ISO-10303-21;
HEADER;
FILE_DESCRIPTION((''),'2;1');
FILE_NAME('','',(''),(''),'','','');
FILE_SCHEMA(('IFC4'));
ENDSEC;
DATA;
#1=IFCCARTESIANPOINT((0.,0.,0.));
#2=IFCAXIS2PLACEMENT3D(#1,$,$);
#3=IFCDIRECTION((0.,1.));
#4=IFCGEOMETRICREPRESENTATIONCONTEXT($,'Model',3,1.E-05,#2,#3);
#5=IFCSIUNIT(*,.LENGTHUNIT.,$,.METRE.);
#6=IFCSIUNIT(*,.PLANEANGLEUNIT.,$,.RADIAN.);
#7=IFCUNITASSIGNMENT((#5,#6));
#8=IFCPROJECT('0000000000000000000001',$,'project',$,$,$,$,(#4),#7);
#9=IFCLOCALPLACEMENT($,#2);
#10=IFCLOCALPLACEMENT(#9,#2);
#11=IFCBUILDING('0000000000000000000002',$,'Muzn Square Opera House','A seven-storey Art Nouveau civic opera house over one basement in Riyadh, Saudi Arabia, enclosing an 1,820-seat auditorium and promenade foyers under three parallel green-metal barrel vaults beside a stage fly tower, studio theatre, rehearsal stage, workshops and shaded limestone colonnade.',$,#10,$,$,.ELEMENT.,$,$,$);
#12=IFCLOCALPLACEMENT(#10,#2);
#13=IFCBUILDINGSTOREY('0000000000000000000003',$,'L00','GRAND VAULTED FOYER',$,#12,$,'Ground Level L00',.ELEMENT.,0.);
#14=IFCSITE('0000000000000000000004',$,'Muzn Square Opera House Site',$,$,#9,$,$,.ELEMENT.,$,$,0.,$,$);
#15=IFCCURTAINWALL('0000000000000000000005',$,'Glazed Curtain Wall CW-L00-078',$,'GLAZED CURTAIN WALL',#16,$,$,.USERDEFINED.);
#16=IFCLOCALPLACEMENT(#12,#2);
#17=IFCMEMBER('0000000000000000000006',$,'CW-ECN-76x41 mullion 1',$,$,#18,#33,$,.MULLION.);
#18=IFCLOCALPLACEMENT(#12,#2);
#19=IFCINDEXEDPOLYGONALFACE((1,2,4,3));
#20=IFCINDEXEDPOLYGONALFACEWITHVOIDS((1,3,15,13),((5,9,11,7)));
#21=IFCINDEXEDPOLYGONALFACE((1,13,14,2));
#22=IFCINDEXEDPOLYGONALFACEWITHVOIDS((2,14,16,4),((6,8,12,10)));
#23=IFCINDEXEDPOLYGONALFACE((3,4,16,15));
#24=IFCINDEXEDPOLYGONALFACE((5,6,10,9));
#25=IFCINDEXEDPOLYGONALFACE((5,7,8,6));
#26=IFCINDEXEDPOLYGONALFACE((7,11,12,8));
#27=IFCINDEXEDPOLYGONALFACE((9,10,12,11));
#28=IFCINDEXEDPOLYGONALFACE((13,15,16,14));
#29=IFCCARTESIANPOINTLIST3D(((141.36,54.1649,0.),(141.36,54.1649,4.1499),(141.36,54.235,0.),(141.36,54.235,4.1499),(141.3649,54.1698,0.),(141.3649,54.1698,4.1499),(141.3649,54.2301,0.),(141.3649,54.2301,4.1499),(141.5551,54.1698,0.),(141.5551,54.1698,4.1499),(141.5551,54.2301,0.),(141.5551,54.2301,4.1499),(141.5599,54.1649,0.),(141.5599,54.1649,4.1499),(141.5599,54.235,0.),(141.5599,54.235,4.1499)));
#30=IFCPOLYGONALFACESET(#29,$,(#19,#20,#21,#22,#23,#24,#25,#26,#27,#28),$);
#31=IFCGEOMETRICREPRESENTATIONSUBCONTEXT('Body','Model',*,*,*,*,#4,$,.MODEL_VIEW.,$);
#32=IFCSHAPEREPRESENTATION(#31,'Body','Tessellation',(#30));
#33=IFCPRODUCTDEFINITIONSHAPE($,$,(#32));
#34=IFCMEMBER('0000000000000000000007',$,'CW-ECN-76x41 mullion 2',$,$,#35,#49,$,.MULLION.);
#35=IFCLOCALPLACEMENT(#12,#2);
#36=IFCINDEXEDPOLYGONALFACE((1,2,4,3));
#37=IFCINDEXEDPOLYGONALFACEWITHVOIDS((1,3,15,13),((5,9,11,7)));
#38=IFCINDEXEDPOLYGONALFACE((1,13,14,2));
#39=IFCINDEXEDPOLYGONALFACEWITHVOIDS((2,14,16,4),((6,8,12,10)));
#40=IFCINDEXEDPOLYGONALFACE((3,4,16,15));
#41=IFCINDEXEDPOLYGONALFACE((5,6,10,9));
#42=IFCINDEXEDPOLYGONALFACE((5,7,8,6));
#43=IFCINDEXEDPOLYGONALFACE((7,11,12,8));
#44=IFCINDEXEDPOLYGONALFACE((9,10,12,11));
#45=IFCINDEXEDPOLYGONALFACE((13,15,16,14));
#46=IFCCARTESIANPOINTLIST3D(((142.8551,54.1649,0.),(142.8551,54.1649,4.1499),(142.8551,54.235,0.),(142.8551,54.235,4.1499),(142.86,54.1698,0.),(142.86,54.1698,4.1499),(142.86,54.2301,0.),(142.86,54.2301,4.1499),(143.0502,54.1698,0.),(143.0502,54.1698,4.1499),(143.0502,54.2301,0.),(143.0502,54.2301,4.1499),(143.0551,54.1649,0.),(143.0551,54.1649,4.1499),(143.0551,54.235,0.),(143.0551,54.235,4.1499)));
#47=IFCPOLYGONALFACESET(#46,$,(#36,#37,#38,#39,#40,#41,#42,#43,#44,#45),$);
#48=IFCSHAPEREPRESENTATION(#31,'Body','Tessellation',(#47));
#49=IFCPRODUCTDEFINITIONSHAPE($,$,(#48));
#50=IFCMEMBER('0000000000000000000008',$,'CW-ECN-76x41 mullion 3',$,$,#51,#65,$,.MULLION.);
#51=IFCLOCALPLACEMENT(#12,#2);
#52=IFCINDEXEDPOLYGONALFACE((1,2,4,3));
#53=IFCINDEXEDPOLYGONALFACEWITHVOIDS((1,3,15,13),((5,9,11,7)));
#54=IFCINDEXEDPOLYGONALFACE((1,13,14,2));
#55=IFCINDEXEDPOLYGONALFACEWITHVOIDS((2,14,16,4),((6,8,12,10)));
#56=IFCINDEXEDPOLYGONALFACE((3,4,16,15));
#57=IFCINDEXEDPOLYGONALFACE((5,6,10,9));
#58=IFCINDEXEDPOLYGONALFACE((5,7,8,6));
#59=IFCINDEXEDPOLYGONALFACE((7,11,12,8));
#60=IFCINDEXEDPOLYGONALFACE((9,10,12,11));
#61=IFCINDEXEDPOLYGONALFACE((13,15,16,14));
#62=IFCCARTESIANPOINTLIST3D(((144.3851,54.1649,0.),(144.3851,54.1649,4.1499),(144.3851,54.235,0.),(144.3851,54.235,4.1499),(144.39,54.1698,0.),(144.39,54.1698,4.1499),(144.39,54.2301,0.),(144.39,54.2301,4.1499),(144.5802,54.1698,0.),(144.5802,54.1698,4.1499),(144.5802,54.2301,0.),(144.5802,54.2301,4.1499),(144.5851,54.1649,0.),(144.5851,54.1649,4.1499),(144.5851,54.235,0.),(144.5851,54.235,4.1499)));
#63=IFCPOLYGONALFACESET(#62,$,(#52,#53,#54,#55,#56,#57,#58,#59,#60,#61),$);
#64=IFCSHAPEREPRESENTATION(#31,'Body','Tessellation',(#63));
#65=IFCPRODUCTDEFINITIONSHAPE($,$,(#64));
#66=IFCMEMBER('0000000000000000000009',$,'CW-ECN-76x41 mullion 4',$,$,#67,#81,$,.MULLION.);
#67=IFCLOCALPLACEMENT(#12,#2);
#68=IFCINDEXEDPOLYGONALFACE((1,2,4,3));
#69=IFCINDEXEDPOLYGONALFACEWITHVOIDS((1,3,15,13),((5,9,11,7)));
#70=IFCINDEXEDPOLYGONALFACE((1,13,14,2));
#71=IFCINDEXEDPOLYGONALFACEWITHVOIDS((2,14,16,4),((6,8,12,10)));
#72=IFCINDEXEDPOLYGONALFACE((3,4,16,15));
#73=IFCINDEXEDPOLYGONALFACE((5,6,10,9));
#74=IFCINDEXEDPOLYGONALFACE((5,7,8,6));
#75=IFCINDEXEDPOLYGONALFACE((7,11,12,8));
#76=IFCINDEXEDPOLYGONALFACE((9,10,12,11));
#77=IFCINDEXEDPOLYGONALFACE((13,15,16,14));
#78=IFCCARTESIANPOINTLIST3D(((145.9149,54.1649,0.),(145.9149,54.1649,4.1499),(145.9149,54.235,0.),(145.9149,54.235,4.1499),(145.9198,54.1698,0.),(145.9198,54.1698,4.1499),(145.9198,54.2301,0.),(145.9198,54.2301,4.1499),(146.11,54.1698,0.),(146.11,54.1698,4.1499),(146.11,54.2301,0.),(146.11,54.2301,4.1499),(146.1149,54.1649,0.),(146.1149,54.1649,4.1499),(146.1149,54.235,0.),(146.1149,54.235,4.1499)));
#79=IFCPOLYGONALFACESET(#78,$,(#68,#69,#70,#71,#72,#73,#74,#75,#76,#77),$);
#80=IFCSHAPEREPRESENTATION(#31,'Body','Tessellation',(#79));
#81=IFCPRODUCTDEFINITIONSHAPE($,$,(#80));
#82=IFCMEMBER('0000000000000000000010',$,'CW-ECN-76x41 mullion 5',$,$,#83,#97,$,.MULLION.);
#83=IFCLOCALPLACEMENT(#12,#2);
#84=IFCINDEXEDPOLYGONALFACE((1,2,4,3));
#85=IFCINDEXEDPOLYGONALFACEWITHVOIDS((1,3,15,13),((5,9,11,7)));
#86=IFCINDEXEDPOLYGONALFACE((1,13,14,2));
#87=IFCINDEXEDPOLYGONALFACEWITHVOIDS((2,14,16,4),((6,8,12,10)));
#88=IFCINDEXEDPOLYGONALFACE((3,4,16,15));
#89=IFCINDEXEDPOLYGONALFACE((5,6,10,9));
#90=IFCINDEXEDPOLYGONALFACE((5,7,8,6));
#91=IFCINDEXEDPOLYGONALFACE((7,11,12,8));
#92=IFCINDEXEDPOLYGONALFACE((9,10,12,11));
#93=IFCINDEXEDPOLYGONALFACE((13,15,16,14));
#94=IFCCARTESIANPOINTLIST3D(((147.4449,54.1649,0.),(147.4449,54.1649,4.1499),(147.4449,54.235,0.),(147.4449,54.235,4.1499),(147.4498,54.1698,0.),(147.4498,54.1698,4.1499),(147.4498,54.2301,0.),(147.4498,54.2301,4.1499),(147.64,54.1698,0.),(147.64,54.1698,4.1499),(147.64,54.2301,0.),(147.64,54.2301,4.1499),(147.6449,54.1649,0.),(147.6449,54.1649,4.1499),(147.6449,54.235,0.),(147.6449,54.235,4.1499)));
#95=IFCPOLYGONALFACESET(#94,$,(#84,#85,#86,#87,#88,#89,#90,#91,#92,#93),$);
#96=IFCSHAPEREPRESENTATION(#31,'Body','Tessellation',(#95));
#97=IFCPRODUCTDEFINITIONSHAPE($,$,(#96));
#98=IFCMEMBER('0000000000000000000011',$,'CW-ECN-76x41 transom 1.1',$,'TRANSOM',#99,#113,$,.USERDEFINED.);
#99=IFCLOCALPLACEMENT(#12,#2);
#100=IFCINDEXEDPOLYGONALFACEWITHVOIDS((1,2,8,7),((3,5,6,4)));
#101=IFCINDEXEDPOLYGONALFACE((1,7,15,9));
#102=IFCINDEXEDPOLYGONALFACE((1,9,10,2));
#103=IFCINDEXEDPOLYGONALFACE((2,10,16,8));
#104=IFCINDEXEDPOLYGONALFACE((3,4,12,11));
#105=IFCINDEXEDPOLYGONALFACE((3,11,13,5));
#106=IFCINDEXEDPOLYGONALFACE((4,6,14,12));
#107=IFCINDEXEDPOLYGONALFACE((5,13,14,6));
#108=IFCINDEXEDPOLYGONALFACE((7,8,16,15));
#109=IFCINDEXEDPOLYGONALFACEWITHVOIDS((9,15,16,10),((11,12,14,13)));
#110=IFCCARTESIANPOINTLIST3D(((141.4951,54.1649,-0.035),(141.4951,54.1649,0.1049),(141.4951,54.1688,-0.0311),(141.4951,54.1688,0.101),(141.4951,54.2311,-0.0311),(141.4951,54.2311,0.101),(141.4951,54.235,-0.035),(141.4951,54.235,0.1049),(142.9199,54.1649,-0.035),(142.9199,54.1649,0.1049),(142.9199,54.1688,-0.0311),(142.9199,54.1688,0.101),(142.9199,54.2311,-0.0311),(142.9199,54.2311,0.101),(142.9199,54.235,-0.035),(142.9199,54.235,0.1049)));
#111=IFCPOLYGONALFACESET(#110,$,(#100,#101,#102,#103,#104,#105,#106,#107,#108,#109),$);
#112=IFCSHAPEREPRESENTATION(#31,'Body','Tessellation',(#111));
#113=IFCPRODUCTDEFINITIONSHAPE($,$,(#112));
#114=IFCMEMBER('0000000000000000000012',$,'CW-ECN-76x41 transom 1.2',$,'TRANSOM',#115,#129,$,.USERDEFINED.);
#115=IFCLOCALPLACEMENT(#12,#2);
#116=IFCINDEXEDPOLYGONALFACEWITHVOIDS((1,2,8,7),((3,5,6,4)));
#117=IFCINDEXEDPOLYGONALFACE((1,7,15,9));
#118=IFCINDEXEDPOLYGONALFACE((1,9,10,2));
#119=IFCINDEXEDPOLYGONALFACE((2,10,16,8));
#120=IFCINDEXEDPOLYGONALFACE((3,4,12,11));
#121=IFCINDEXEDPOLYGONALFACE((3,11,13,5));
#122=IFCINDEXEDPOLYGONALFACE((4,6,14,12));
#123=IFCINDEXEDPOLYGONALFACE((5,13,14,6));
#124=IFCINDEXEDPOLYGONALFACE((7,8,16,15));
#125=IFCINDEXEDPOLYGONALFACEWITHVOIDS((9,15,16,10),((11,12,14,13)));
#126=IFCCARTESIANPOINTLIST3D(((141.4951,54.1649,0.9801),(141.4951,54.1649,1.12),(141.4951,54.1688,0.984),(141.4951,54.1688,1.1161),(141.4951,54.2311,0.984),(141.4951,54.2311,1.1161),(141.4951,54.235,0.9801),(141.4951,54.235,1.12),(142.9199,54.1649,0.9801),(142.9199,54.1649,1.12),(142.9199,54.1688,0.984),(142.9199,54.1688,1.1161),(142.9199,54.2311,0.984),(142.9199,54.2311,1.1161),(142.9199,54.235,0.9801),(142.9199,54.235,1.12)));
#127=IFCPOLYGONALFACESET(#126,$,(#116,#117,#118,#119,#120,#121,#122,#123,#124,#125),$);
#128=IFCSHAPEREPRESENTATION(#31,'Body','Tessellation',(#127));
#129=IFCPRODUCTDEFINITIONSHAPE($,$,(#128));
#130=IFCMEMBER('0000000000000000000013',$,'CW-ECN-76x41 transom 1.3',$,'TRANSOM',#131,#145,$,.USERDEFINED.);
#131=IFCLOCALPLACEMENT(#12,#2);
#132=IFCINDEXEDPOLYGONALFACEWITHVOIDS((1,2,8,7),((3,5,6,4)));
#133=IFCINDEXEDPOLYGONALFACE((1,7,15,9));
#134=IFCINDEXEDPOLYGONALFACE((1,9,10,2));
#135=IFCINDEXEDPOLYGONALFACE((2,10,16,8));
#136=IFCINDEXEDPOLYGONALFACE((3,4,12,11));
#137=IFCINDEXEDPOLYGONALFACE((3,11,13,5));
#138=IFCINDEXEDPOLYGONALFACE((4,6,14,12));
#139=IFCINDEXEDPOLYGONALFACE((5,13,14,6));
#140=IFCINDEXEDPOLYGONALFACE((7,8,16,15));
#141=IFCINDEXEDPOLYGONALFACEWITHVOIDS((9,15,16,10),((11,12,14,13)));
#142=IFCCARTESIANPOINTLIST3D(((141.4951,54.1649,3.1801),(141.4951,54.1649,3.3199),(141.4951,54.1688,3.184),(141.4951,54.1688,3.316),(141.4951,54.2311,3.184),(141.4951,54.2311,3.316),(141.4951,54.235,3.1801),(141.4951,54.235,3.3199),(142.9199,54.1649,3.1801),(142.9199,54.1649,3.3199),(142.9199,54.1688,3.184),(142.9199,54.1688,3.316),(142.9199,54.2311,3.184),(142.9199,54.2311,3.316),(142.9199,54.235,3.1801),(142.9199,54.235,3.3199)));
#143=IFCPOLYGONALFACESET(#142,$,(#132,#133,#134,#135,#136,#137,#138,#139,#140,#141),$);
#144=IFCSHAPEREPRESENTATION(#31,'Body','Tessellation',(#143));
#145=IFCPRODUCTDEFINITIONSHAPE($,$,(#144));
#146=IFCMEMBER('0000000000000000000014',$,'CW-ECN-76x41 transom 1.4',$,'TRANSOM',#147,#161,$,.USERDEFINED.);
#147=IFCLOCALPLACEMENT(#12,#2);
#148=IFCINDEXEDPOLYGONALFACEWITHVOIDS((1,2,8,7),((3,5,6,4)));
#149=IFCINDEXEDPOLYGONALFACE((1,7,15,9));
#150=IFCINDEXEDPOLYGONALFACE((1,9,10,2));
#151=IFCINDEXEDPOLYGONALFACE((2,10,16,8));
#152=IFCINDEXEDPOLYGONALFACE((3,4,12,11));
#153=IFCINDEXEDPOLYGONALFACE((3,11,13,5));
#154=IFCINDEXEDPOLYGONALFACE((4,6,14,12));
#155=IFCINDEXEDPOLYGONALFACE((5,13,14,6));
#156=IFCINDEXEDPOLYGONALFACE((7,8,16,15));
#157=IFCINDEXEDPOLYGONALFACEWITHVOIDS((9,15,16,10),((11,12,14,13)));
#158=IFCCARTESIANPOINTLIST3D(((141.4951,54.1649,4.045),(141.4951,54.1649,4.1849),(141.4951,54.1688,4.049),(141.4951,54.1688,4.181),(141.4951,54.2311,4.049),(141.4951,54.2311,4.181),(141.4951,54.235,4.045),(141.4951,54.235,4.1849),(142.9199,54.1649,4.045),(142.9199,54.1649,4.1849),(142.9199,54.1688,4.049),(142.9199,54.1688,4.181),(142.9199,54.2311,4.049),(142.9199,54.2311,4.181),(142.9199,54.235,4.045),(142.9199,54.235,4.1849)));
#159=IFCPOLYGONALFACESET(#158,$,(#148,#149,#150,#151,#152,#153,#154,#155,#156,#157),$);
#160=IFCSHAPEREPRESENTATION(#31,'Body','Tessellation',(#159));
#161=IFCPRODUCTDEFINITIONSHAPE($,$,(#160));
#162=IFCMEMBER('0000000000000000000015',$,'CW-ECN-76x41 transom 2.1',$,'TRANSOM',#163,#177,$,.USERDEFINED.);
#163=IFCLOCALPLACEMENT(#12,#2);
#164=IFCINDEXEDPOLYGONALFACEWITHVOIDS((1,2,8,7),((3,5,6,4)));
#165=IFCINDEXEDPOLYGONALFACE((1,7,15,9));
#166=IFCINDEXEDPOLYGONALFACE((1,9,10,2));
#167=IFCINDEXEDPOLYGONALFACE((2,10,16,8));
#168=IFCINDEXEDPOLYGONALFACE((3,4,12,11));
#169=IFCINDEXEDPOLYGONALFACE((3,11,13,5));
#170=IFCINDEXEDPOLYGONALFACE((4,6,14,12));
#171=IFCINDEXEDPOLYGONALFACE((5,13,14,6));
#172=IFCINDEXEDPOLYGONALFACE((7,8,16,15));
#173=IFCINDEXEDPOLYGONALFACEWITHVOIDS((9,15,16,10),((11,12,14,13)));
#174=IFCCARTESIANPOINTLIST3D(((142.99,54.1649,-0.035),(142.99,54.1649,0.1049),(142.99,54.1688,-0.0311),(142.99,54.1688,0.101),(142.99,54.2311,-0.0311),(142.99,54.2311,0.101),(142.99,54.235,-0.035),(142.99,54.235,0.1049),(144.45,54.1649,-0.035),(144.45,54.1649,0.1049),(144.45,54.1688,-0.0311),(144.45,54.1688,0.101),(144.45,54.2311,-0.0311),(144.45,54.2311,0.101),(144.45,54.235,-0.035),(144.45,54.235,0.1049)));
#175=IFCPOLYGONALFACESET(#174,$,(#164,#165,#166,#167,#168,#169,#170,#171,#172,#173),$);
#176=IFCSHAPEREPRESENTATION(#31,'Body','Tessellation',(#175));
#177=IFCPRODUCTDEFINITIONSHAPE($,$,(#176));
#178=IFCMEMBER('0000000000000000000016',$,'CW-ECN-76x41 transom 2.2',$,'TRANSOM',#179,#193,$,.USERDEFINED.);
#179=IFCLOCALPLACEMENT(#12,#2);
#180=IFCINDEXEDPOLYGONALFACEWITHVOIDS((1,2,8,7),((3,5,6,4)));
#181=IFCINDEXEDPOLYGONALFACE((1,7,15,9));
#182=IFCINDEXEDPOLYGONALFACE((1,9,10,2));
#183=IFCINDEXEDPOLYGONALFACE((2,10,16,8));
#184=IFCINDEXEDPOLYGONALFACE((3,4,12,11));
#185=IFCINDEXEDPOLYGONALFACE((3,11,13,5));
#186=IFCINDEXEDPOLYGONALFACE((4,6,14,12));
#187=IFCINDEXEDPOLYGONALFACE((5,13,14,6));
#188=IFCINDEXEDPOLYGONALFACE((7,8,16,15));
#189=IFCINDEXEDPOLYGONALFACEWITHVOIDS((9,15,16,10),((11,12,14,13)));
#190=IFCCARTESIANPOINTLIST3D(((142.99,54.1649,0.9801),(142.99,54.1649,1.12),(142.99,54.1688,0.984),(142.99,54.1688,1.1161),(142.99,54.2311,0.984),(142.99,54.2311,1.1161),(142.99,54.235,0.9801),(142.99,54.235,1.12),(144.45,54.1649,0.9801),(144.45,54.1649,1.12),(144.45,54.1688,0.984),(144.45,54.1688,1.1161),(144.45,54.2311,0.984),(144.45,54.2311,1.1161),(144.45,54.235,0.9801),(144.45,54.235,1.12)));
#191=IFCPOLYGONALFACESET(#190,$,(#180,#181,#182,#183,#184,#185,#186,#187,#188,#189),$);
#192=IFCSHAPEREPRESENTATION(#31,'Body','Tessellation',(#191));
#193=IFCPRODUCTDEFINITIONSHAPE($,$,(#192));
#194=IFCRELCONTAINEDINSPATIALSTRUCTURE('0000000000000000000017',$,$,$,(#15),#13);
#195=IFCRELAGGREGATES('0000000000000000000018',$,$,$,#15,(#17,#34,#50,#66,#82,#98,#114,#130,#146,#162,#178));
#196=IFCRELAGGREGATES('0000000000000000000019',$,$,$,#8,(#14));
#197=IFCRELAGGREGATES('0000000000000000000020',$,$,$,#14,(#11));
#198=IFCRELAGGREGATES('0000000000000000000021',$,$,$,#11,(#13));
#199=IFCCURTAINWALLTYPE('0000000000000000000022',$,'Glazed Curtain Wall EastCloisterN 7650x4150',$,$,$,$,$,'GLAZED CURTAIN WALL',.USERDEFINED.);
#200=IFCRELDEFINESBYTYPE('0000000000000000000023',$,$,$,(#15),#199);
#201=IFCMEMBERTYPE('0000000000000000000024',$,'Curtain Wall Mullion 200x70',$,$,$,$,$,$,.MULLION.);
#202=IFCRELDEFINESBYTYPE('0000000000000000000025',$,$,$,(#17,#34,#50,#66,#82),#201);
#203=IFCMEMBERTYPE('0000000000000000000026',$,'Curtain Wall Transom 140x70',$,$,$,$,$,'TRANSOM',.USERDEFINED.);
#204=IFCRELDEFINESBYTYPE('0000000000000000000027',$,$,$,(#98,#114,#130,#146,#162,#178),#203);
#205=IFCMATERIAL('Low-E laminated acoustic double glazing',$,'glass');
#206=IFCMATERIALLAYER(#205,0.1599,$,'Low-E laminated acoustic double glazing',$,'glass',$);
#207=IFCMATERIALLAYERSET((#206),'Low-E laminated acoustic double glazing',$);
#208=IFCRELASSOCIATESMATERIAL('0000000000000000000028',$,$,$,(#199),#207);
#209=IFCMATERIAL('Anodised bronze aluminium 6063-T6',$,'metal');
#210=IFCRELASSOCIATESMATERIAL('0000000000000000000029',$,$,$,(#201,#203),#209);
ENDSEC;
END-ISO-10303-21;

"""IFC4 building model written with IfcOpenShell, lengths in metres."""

from ifc_helpers import new_model, si_unit, direction, frame, origin, origin_2d, place, context, subcontext, project, spatial, hollow_rectangle, extrude, material, layer, layer_set, material_profile, profile_set, type_object, element, aggregate, save


model = new_model("IFC4")

# Units and contexts
model_context = context("Model", 3, precision=1e-05, world=origin(), true_north=direction((0.0, 1.0)))
body_context = subcontext(model_context, "Body", "Model", "MODEL_VIEW")
ifc_project = project(units=[si_unit("LENGTHUNIT", "METRE"), si_unit("PLANEANGLEUNIT", "RADIAN")], contexts=[model_context])

# Site, building, storey
site_placement = place(None, origin())
site = spatial("IfcSite", under=ifc_project, at=site_placement, Name="Muzn Square Opera House Site", CompositionType="ELEMENT", RefElevation=0.0)
building_placement = place(site_placement, origin())
building = spatial("IfcBuilding", under=site, at=building_placement, Name="Muzn Square Opera House", Description="A seven-storey Art Nouveau civic opera house over one basement in Riyadh, Saudi Arabia, enclosing an 1,820-seat auditorium and promenade foyers under three parallel green-metal barrel vaults beside a stage fly tower, studio theatre, rehearsal stage, workshops and shaded limestone colonnade.", CompositionType="ELEMENT")
storey_placement = place(building_placement, origin())
storey = spatial("IfcBuildingStorey", under=building, at=storey_placement, Name="L00", Description="GRAND VAULTED FOYER", LongName="Ground Level L00", CompositionType="ELEMENT", Elevation=0.0)

# Curtain wall, members
ifc_material_1 = material(Name="Low-E laminated acoustic double glazing", Category="glass")
ifc_layer_1 = layer(ifc_material_1, 0.1599, Name="Low-E laminated acoustic double glazing", Category="glass")
ifc_layer_set_1 = layer_set([ifc_layer_1], Name="Low-E laminated acoustic double glazing")
curtain_wall_type = type_object("IfcCurtainWallType", Name="Glazed Curtain Wall EastCloisterN 7650x4150", ElementType="GLAZED CURTAIN WALL", PredefinedType="USERDEFINED", material=ifc_layer_set_1)
curtain_wall_placement = place(storey_placement, origin())
curtain_wall = element("IfcCurtainWall", 1, at=curtain_wall_placement, inside=storey, type_object=curtain_wall_type, Name="Glazed Curtain Wall CW-L00-078", ObjectType="GLAZED CURTAIN WALL", PredefinedType="USERDEFINED")
ifc_material_2 = material(Name="Anodised bronze aluminium 6063-T6", Category="metal")
ifc_material_profile_1 = material_profile(ifc_material_2, hollow_rectangle(XDim=0.0701, YDim=0.2, WallThickness=0.0049, at=origin_2d()), Name="ALU 200x70x5", Category="metal")
ifc_profile_set_1 = profile_set([ifc_material_profile_1], Name="Anodised bronze aluminium 6063-T6")
member_type_1 = type_object("IfcMemberType", Name="Curtain Wall Mullion 200x70", PredefinedType="MULLION", material=ifc_profile_set_1)
member_1_placement = place(storey_placement, frame((141.46, 54.2, 0.0), z_axis=(0.0, 0.0, 1.0), x_axis=(0.0, 1.0, 0.0)))
member_1 = element("IfcMember", 2, at=member_1_placement, type_object=member_type_1, Name="CW-ECN-76x41 mullion 1", PredefinedType="MULLION", context=body_context, shape_type="SweptSolid", body=[
    extrude(hollow_rectangle(XDim=0.0701, YDim=0.2, WallThickness=0.0049, at=origin_2d()), origin(), (0.0, 0.0, 1.0), 4.1499),
])
member_2_placement = place(storey_placement, frame((142.9551, 54.2, 0.0), z_axis=(0.0, 0.0, 1.0), x_axis=(0.0, 1.0, 0.0)))
member_2 = element("IfcMember", 3, at=member_2_placement, type_object=member_type_1, Name="CW-ECN-76x41 mullion 2", PredefinedType="MULLION", context=body_context, shape_type="SweptSolid", body=[
    extrude(hollow_rectangle(XDim=0.0701, YDim=0.2, WallThickness=0.0049, at=origin_2d()), origin(), (0.0, 0.0, 1.0), 4.1499),
])
member_3_placement = place(storey_placement, frame((144.4851, 54.2, 0.0), z_axis=(0.0, 0.0, 1.0), x_axis=(0.0, 1.0, 0.0)))
member_3 = element("IfcMember", 4, at=member_3_placement, type_object=member_type_1, Name="CW-ECN-76x41 mullion 3", PredefinedType="MULLION", context=body_context, shape_type="SweptSolid", body=[
    extrude(hollow_rectangle(XDim=0.0701, YDim=0.2, WallThickness=0.0049, at=origin_2d()), origin(), (0.0, 0.0, 1.0), 4.1499),
])
member_4_placement = place(storey_placement, frame((146.0149, 54.2, 0.0), z_axis=(0.0, 0.0, 1.0), x_axis=(0.0, 1.0, 0.0)))
member_4 = element("IfcMember", 5, at=member_4_placement, type_object=member_type_1, Name="CW-ECN-76x41 mullion 4", PredefinedType="MULLION", context=body_context, shape_type="SweptSolid", body=[
    extrude(hollow_rectangle(XDim=0.0701, YDim=0.2, WallThickness=0.0049, at=origin_2d()), origin(), (0.0, 0.0, 1.0), 4.1499),
])
member_5_placement = place(storey_placement, frame((147.5449, 54.2, 0.0), z_axis=(0.0, 0.0, 1.0), x_axis=(0.0, 1.0, 0.0)))
member_5 = element("IfcMember", 6, at=member_5_placement, type_object=member_type_1, Name="CW-ECN-76x41 mullion 5", PredefinedType="MULLION", context=body_context, shape_type="SweptSolid", body=[
    extrude(hollow_rectangle(XDim=0.0701, YDim=0.2, WallThickness=0.0049, at=origin_2d()), origin(), (0.0, 0.0, 1.0), 4.1499),
])
ifc_material_profile_2 = material_profile(ifc_material_2, hollow_rectangle(XDim=0.0701, YDim=0.1399, WallThickness=0.0039, at=origin_2d()), Name="ALU 140x70x4", Category="metal")
ifc_profile_set_2 = profile_set([ifc_material_profile_2], Name="Anodised bronze aluminium 6063-T6")
member_type_2 = type_object("IfcMemberType", Name="Curtain Wall Transom 140x70", ElementType="TRANSOM", PredefinedType="USERDEFINED", material=ifc_profile_set_2)
member_6_placement = place(storey_placement, frame((141.4951, 54.2, 0.0349), z_axis=(1.0, 0.0, 0.0), x_axis=(0.0, 1.0, 0.0)))
member_6 = element("IfcMember", 7, at=member_6_placement, type_object=member_type_2, Name="CW-ECN-76x41 transom 1.1", ObjectType="TRANSOM", PredefinedType="USERDEFINED", context=body_context, shape_type="SweptSolid", body=[
    extrude(hollow_rectangle(XDim=0.0701, YDim=0.1399, WallThickness=0.0039, at=origin_2d()), origin(), (0.0, 0.0, 1.0), 1.4248),
])
member_7_placement = place(storey_placement, frame((141.4951, 54.2, 1.05), z_axis=(1.0, 0.0, 0.0), x_axis=(0.0, 1.0, 0.0)))
member_7 = element("IfcMember", 8, at=member_7_placement, type_object=member_type_2, Name="CW-ECN-76x41 transom 1.2", ObjectType="TRANSOM", PredefinedType="USERDEFINED", context=body_context, shape_type="SweptSolid", body=[
    extrude(hollow_rectangle(XDim=0.0701, YDim=0.1399, WallThickness=0.0039, at=origin_2d()), origin(), (0.0, 0.0, 1.0), 1.4248),
])
member_8_placement = place(storey_placement, frame((141.4951, 54.2, 3.25), z_axis=(1.0, 0.0, 0.0), x_axis=(0.0, 1.0, 0.0)))
member_8 = element("IfcMember", 9, at=member_8_placement, type_object=member_type_2, Name="CW-ECN-76x41 transom 1.3", ObjectType="TRANSOM", PredefinedType="USERDEFINED", context=body_context, shape_type="SweptSolid", body=[
    extrude(hollow_rectangle(XDim=0.0701, YDim=0.1399, WallThickness=0.0039, at=origin_2d()), origin(), (0.0, 0.0, 1.0), 1.4248),
])
member_9_placement = place(storey_placement, frame((141.4951, 54.2, 4.115), z_axis=(1.0, 0.0, 0.0), x_axis=(0.0, 1.0, 0.0)))
member_9 = element("IfcMember", 10, at=member_9_placement, type_object=member_type_2, Name="CW-ECN-76x41 transom 1.4", ObjectType="TRANSOM", PredefinedType="USERDEFINED", context=body_context, shape_type="SweptSolid", body=[
    extrude(hollow_rectangle(XDim=0.0701, YDim=0.1399, WallThickness=0.0039, at=origin_2d()), origin(), (0.0, 0.0, 1.0), 1.4248),
])
member_10_placement = place(storey_placement, frame((142.99, 54.2, 0.0349), z_axis=(1.0, 0.0, 0.0), x_axis=(0.0, 1.0, 0.0)))
member_10 = element("IfcMember", 11, at=member_10_placement, type_object=member_type_2, Name="CW-ECN-76x41 transom 2.1", ObjectType="TRANSOM", PredefinedType="USERDEFINED", context=body_context, shape_type="SweptSolid", body=[
    extrude(hollow_rectangle(XDim=0.0701, YDim=0.1399, WallThickness=0.0039, at=origin_2d()), origin(), (0.0, 0.0, 1.0), 1.46),
])
member_11_placement = place(storey_placement, frame((142.99, 54.2, 1.05), z_axis=(1.0, 0.0, 0.0), x_axis=(0.0, 1.0, 0.0)))
member_11 = element("IfcMember", 12, at=member_11_placement, type_object=member_type_2, Name="CW-ECN-76x41 transom 2.2", ObjectType="TRANSOM", PredefinedType="USERDEFINED", context=body_context, shape_type="SweptSolid", body=[
    extrude(hollow_rectangle(XDim=0.0701, YDim=0.1399, WallThickness=0.0039, at=origin_2d()), origin(), (0.0, 0.0, 1.0), 1.46),
])

aggregate(curtain_wall, [member_1, member_2, member_3, member_4, member_5, member_6, member_7, member_8, member_9, member_10, member_11])

save(model, "model.ifc")
